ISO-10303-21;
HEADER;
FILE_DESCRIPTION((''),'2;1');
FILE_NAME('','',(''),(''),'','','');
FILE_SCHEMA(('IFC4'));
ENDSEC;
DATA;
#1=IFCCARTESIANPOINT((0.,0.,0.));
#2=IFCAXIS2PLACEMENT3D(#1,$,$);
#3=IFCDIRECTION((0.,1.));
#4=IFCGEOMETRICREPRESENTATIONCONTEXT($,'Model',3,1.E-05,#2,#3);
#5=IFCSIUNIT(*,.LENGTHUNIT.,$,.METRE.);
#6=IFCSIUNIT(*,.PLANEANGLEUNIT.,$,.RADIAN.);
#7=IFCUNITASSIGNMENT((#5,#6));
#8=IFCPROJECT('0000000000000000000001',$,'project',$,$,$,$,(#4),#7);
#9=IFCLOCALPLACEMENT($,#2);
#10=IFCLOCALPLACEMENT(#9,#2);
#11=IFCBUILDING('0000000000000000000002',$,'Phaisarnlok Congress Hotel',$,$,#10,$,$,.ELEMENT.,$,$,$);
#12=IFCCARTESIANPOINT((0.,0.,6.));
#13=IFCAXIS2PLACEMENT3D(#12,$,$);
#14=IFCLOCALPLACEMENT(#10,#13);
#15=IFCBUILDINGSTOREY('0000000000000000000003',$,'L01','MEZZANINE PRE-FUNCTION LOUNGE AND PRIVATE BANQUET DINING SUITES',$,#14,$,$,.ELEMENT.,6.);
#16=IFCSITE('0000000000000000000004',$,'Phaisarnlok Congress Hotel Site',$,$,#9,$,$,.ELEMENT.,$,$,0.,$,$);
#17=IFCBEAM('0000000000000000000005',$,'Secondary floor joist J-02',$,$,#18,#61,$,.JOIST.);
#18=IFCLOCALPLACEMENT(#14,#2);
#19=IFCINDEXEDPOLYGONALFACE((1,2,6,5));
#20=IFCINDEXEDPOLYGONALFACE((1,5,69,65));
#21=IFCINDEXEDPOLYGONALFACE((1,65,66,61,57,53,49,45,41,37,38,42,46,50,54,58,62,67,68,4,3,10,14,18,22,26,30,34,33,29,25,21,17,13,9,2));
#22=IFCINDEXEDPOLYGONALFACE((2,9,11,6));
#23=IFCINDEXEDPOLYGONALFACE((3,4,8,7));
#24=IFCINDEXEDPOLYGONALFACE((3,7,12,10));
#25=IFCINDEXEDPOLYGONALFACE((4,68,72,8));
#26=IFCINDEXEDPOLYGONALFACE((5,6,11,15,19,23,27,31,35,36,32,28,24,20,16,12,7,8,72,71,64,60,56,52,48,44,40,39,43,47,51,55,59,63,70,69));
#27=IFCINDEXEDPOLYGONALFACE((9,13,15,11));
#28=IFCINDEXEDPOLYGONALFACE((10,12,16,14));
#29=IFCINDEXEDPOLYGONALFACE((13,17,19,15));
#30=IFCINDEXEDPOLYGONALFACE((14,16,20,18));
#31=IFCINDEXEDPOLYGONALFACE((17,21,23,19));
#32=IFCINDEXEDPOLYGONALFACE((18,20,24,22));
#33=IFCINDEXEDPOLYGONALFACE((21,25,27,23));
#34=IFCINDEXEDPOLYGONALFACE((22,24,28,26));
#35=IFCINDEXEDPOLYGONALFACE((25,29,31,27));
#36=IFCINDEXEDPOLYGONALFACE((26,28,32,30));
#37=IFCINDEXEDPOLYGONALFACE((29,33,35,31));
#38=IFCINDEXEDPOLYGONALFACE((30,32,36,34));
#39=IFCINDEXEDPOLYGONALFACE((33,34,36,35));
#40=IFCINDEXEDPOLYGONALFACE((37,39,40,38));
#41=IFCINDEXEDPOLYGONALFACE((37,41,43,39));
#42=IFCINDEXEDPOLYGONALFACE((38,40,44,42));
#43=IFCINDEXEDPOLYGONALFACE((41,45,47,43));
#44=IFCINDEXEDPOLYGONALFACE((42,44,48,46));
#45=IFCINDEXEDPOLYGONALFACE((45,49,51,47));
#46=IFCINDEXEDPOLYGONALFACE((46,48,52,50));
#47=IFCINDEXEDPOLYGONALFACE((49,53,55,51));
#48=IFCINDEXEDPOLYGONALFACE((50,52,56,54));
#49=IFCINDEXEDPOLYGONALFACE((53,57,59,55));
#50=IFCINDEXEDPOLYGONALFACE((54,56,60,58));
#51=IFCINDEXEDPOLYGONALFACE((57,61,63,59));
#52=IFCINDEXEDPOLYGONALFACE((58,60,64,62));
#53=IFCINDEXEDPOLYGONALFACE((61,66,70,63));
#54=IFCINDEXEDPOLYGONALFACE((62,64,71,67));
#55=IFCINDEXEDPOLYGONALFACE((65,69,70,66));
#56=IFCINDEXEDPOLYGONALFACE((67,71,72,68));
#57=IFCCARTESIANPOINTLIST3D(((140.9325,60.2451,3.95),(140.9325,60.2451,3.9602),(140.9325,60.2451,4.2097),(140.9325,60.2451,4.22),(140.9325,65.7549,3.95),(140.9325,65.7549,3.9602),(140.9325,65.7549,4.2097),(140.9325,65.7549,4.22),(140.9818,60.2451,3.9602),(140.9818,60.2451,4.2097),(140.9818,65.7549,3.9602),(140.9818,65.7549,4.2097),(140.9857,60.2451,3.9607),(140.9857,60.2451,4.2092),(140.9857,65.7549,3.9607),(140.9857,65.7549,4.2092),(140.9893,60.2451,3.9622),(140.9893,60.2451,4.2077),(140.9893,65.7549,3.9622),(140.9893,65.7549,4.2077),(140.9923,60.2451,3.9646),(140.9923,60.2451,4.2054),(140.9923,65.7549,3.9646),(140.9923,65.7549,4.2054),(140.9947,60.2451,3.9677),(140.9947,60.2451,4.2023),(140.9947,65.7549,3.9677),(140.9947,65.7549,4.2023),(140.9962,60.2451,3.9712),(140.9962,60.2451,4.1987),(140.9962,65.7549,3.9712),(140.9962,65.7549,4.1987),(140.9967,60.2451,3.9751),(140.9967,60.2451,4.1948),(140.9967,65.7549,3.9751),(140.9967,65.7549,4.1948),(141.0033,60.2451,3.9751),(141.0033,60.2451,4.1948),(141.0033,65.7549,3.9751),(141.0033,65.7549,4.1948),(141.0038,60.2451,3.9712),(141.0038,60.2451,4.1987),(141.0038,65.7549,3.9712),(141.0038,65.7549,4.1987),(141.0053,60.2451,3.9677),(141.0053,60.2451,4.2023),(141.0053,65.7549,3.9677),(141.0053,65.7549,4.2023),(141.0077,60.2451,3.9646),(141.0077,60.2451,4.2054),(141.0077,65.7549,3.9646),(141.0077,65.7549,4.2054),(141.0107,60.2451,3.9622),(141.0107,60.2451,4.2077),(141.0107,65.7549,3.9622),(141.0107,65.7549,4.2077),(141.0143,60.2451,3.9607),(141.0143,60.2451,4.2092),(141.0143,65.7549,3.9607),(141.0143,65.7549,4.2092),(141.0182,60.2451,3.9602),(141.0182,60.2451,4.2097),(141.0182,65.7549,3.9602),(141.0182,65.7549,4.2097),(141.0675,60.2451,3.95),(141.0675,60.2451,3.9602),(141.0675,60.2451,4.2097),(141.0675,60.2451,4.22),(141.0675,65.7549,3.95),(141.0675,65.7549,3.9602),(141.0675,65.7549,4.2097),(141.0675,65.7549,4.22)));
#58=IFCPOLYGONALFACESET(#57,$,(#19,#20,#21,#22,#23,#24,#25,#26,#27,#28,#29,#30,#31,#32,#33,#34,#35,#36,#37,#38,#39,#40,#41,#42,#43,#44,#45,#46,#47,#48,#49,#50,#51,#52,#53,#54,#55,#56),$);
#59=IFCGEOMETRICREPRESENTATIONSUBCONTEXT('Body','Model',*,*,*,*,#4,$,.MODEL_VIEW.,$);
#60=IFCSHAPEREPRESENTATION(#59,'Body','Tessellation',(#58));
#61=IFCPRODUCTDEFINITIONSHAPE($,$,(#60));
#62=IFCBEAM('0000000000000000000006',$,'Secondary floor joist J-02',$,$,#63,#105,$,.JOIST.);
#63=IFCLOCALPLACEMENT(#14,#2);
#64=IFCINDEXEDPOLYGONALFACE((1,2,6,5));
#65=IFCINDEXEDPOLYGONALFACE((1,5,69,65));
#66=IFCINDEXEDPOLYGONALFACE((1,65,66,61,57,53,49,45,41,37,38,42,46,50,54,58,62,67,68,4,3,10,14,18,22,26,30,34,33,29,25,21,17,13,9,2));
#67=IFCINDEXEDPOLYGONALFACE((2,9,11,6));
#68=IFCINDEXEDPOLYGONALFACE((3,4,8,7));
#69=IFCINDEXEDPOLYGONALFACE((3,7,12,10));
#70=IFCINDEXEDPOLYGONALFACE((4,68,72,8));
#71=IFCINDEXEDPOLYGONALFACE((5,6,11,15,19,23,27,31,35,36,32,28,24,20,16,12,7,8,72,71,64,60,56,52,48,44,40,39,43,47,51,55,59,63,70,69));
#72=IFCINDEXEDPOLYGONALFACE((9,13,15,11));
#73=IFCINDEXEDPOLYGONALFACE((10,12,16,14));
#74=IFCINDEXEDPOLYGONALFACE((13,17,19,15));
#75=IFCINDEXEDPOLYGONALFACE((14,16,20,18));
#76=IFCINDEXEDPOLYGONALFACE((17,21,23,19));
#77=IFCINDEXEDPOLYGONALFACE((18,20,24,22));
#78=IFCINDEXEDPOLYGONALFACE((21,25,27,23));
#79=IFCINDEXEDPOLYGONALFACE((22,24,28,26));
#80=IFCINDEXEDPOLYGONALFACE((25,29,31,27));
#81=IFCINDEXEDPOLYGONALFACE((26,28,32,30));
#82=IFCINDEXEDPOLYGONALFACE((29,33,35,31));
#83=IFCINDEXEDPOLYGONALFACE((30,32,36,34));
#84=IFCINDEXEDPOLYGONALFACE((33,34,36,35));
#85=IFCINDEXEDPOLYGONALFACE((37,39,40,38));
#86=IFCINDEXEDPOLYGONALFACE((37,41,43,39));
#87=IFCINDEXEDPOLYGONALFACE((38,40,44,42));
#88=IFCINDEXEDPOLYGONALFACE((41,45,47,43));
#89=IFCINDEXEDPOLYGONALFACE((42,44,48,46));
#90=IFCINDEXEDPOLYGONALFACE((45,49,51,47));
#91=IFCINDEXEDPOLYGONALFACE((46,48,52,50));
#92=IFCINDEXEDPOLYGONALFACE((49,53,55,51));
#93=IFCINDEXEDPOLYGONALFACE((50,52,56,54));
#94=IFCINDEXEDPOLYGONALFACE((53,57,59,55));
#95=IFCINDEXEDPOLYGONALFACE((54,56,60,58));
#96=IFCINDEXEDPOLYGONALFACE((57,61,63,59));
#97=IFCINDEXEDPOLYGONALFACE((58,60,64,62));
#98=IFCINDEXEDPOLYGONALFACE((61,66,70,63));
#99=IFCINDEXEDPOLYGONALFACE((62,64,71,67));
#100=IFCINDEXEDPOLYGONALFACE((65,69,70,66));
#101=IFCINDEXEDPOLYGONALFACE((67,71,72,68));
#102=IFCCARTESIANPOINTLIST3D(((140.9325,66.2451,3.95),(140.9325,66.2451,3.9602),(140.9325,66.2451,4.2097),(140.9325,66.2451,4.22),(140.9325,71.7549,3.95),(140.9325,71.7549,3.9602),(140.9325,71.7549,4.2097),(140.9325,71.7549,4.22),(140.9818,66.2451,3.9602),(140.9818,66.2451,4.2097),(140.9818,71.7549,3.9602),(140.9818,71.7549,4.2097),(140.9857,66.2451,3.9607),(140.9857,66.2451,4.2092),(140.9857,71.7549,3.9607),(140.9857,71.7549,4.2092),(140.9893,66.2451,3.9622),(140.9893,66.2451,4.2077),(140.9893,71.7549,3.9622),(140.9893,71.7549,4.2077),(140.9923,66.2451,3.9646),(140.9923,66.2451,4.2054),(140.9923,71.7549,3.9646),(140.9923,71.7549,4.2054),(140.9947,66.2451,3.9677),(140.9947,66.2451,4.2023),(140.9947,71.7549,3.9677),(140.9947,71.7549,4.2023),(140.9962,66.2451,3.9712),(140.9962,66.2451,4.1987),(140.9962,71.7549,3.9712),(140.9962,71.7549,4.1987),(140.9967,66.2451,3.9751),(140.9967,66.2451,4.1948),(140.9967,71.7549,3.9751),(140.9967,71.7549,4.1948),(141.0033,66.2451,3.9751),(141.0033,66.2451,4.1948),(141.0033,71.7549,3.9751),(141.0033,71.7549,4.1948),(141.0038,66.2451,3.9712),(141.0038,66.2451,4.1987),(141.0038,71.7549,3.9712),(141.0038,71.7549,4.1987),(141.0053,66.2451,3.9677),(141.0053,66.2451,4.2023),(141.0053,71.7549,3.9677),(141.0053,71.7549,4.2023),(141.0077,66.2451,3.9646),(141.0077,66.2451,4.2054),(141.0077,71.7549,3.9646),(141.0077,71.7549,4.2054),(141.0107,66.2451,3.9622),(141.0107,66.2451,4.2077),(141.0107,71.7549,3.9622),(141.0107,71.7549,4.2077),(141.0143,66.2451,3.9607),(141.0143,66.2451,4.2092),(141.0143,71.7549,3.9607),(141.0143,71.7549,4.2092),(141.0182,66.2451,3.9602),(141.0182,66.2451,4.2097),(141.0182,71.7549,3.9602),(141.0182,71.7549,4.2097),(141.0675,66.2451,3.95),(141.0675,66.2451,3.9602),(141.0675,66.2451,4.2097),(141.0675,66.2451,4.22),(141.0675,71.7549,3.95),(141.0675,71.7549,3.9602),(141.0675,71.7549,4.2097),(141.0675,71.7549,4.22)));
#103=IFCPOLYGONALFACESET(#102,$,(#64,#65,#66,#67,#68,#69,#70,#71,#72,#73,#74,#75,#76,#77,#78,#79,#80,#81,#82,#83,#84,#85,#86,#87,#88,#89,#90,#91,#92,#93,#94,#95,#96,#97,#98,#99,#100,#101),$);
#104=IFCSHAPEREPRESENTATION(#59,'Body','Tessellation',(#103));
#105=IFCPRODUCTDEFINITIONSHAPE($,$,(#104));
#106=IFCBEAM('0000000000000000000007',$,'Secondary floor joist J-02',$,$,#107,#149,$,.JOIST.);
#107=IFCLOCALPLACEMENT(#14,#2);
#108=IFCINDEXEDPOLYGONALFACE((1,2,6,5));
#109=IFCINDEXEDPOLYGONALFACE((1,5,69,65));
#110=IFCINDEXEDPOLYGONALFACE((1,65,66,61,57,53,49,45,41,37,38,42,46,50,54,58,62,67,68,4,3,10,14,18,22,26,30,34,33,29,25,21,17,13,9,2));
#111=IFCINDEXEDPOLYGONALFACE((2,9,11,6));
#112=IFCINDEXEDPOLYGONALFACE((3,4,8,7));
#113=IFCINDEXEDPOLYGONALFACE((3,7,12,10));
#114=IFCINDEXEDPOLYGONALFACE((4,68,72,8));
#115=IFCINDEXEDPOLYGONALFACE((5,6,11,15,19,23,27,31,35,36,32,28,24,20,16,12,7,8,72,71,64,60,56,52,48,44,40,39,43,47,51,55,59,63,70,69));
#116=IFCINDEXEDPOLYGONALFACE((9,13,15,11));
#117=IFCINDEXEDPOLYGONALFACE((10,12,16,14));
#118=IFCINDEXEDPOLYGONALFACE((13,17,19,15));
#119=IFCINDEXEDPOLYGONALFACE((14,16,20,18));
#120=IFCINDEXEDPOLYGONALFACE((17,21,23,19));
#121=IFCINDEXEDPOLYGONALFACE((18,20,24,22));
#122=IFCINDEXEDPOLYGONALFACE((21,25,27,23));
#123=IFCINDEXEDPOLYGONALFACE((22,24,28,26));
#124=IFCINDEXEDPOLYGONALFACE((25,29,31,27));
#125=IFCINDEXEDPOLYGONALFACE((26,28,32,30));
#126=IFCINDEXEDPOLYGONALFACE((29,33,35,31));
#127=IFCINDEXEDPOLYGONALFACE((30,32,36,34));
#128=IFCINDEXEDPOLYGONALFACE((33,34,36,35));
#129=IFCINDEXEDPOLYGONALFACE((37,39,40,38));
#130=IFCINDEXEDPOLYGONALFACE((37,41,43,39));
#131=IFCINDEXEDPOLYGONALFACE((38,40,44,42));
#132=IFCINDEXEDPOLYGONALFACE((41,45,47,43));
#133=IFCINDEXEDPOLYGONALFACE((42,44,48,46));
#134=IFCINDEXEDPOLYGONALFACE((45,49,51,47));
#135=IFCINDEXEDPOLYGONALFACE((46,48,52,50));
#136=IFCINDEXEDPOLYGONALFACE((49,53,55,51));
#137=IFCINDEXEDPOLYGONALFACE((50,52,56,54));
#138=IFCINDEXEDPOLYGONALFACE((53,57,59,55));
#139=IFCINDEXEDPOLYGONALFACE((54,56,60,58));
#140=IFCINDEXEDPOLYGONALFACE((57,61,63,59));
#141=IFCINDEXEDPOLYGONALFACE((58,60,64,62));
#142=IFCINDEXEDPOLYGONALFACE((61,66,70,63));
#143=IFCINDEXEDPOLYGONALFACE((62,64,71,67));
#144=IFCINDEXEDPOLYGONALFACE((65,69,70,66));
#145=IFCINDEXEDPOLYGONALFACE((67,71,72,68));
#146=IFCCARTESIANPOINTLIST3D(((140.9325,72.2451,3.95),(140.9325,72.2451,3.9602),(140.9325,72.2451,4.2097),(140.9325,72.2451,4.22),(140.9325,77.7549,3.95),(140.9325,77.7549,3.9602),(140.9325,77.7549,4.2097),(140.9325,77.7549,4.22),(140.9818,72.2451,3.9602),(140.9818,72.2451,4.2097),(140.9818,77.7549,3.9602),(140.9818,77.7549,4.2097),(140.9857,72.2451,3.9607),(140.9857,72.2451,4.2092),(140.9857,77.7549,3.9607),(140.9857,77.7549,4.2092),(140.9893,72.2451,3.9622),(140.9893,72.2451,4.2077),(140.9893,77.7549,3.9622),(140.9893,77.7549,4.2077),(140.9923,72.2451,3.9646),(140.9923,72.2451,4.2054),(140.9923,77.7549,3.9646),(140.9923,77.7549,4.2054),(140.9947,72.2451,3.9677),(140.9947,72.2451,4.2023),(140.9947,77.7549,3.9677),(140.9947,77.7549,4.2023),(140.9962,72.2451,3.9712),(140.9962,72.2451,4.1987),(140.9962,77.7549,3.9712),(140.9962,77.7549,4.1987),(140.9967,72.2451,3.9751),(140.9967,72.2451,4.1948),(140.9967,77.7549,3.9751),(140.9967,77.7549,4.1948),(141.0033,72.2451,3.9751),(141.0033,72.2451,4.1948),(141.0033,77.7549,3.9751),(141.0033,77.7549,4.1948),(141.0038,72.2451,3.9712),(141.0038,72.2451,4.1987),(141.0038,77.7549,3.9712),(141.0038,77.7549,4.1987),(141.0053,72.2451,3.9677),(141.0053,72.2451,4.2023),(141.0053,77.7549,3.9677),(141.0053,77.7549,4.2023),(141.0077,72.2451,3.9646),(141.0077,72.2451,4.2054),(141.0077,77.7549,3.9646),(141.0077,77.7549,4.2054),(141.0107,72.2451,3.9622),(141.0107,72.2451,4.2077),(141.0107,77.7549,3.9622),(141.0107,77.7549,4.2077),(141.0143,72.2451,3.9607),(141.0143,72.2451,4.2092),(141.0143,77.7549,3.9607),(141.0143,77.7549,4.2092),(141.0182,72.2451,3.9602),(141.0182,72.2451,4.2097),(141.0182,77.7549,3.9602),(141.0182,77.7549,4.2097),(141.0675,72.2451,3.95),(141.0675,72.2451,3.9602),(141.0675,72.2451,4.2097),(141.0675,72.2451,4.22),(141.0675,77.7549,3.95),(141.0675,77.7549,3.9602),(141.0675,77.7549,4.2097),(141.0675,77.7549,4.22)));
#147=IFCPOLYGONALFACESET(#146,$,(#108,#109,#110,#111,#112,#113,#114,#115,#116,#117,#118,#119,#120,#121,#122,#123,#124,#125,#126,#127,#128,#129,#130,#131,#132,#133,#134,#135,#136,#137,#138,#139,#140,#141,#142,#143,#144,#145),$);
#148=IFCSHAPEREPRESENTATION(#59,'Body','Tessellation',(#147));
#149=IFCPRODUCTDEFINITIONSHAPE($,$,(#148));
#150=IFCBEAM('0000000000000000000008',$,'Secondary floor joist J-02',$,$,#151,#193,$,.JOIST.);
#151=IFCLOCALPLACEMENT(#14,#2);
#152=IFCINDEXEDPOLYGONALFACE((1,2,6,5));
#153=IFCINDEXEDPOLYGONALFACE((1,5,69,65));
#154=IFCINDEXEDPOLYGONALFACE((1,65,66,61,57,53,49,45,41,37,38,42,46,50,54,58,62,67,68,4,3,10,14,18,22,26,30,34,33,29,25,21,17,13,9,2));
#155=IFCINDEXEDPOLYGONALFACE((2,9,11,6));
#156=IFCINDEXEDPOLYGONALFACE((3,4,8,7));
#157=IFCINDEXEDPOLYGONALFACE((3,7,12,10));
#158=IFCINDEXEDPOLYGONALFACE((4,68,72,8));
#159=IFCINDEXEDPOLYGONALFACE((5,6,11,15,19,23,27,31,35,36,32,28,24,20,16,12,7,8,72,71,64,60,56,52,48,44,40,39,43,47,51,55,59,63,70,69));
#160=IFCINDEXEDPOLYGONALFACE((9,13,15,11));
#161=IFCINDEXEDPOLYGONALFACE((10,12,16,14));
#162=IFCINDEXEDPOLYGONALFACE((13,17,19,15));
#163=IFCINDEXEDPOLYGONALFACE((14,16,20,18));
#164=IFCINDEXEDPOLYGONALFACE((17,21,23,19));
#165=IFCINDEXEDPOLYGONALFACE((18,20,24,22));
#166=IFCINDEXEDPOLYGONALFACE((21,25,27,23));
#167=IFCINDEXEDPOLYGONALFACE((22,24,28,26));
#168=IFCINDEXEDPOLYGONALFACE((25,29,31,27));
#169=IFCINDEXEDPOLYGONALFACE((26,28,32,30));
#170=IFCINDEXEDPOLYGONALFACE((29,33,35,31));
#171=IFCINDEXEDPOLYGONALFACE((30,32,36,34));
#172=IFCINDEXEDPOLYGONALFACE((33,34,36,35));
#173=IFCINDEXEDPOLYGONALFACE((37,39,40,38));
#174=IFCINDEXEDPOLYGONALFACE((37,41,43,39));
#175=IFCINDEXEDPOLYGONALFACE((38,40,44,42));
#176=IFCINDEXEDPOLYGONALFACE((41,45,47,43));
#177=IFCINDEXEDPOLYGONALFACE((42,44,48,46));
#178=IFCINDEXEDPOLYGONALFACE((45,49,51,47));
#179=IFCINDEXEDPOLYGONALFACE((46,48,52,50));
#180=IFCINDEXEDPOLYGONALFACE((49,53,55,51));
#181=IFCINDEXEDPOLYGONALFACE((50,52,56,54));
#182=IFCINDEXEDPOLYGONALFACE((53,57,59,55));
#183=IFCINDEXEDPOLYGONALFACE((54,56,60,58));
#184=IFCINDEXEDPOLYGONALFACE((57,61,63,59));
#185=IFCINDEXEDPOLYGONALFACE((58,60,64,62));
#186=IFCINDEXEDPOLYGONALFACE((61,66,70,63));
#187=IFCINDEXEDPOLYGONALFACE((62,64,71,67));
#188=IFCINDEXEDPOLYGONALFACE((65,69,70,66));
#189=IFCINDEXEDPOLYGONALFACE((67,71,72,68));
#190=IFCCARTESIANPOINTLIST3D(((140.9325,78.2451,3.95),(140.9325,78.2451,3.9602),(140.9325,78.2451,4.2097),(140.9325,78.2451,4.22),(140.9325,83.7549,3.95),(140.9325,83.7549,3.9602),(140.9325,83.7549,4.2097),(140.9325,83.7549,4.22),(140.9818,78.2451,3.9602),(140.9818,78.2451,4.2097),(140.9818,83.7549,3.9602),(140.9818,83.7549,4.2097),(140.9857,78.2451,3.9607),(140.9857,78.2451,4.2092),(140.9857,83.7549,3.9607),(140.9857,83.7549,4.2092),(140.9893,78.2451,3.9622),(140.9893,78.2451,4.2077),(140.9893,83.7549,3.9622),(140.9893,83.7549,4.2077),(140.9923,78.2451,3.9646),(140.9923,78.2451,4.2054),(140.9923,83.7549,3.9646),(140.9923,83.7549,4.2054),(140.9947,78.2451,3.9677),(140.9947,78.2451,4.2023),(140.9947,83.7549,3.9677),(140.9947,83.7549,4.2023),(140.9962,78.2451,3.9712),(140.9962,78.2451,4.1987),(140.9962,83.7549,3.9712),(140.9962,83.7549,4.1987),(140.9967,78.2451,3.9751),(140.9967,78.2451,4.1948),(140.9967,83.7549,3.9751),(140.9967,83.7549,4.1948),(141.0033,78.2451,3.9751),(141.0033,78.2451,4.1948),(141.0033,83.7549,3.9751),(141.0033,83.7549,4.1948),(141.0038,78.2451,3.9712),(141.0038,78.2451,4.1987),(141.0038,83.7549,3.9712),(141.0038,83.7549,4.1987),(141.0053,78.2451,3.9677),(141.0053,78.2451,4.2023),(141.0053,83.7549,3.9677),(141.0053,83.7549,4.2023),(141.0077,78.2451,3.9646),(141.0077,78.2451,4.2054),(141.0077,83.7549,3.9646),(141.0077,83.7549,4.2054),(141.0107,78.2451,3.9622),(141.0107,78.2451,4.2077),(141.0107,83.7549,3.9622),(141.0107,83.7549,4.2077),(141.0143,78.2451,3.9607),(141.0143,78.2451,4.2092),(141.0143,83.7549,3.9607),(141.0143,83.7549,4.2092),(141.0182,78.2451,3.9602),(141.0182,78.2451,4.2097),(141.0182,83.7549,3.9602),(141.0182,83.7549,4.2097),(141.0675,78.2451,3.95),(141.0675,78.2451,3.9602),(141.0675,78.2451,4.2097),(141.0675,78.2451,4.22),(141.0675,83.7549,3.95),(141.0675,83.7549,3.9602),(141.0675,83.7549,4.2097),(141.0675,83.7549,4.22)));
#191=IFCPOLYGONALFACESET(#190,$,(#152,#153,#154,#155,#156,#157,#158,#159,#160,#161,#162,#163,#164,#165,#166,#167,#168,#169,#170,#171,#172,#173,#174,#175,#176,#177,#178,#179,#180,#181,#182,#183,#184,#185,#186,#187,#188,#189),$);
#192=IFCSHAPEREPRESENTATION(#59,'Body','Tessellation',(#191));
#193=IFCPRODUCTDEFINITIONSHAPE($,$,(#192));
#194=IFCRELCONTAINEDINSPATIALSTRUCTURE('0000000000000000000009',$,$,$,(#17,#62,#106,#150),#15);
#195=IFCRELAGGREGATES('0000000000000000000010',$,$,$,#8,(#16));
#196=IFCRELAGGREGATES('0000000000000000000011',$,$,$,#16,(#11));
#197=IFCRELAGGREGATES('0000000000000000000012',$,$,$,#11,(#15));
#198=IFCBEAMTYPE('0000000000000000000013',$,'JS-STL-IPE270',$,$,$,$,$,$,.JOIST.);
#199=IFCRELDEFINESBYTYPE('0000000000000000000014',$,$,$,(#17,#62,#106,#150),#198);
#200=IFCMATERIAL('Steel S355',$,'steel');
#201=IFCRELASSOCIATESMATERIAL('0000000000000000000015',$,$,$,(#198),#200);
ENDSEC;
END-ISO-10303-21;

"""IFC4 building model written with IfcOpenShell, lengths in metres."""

from ifc_helpers import new_model, si_unit, direction, frame, origin, origin_2d, place, context, subcontext, project, spatial, i_section, extrude, material, material_profile, profile_set, type_object, element, save


model = new_model("IFC4")

# Units and contexts
model_context = context("Model", 3, precision=1e-05, world=origin(), true_north=direction((0.0, 1.0)))
body_context = subcontext(model_context, "Body", "Model", "MODEL_VIEW")
ifc_project = project(units=[si_unit("LENGTHUNIT", "METRE"), si_unit("PLANEANGLEUNIT", "RADIAN")], contexts=[model_context])

# Site, building, storey
site_placement = place(None, origin())
site = spatial("IfcSite", under=ifc_project, at=site_placement, Name="Phaisarnlok Congress Hotel Site", CompositionType="ELEMENT", RefElevation=0.0)
building_placement = place(site_placement, origin())
building = spatial("IfcBuilding", under=site, at=building_placement, Name="Phaisarnlok Congress Hotel", CompositionType="ELEMENT")
storey_placement = place(building_placement, frame((0.0, 0.0, 6.0)))
storey = spatial("IfcBuildingStorey", under=building, at=storey_placement, Name="L01", Description="MEZZANINE PRE-FUNCTION LOUNGE AND PRIVATE BANQUET DINING SUITES", CompositionType="ELEMENT", Elevation=6.0)

# Shared definitions
ifc_material_1 = material(Name="Steel S355", Category="steel")

# Beams
ifc_material_profile_1 = material_profile(ifc_material_1, i_section(OverallWidth=0.135, OverallDepth=0.27, WebThickness=0.0066, FlangeThickness=0.0103, FilletRadius=0.0149, at=origin_2d()), Name="IPE 270")
ifc_profile_set_1 = profile_set([ifc_material_profile_1], Name="Steel S355")
beam_type_1 = type_object("IfcBeamType", Name="JS-STL-IPE270", PredefinedType="JOIST", material=ifc_profile_set_1)
for number, where, z_axis, x_axis, name in (
    (1, (141.0, 60.2451, 4.085), (0.0, 1.0, 0.0), (-1.0, 0.0, 0.0), "Secondary floor joist J-02"),
    (2, (141.0, 66.2451, 4.085), (0.0, 1.0, 0.0), (-1.0, 0.0, 0.0), "Secondary floor joist J-02"),
    (3, (141.0, 72.2451, 4.085), (0.0, 1.0, 0.0), (-1.0, 0.0, 0.0), "Secondary floor joist J-02"),
    (4, (141.0, 78.2451, 4.085), (0.0, 1.0, 0.0), (-1.0, 0.0, 0.0), "Secondary floor joist J-02"),
):
    element("IfcBeam", number, at=place(storey_placement, frame(where, z_axis=z_axis, x_axis=x_axis)), inside=storey, type_object=beam_type_1, Name=name, PredefinedType="JOIST", context=body_context, shape_type="SweptSolid", body=[
        extrude(i_section(OverallWidth=0.135, OverallDepth=0.27, WebThickness=0.0066, FlangeThickness=0.0103, FilletRadius=0.0149, at=origin_2d()), origin(), (0.0, 0.0, 1.0), 5.5098),
    ])

save(model, "model.ifc")
